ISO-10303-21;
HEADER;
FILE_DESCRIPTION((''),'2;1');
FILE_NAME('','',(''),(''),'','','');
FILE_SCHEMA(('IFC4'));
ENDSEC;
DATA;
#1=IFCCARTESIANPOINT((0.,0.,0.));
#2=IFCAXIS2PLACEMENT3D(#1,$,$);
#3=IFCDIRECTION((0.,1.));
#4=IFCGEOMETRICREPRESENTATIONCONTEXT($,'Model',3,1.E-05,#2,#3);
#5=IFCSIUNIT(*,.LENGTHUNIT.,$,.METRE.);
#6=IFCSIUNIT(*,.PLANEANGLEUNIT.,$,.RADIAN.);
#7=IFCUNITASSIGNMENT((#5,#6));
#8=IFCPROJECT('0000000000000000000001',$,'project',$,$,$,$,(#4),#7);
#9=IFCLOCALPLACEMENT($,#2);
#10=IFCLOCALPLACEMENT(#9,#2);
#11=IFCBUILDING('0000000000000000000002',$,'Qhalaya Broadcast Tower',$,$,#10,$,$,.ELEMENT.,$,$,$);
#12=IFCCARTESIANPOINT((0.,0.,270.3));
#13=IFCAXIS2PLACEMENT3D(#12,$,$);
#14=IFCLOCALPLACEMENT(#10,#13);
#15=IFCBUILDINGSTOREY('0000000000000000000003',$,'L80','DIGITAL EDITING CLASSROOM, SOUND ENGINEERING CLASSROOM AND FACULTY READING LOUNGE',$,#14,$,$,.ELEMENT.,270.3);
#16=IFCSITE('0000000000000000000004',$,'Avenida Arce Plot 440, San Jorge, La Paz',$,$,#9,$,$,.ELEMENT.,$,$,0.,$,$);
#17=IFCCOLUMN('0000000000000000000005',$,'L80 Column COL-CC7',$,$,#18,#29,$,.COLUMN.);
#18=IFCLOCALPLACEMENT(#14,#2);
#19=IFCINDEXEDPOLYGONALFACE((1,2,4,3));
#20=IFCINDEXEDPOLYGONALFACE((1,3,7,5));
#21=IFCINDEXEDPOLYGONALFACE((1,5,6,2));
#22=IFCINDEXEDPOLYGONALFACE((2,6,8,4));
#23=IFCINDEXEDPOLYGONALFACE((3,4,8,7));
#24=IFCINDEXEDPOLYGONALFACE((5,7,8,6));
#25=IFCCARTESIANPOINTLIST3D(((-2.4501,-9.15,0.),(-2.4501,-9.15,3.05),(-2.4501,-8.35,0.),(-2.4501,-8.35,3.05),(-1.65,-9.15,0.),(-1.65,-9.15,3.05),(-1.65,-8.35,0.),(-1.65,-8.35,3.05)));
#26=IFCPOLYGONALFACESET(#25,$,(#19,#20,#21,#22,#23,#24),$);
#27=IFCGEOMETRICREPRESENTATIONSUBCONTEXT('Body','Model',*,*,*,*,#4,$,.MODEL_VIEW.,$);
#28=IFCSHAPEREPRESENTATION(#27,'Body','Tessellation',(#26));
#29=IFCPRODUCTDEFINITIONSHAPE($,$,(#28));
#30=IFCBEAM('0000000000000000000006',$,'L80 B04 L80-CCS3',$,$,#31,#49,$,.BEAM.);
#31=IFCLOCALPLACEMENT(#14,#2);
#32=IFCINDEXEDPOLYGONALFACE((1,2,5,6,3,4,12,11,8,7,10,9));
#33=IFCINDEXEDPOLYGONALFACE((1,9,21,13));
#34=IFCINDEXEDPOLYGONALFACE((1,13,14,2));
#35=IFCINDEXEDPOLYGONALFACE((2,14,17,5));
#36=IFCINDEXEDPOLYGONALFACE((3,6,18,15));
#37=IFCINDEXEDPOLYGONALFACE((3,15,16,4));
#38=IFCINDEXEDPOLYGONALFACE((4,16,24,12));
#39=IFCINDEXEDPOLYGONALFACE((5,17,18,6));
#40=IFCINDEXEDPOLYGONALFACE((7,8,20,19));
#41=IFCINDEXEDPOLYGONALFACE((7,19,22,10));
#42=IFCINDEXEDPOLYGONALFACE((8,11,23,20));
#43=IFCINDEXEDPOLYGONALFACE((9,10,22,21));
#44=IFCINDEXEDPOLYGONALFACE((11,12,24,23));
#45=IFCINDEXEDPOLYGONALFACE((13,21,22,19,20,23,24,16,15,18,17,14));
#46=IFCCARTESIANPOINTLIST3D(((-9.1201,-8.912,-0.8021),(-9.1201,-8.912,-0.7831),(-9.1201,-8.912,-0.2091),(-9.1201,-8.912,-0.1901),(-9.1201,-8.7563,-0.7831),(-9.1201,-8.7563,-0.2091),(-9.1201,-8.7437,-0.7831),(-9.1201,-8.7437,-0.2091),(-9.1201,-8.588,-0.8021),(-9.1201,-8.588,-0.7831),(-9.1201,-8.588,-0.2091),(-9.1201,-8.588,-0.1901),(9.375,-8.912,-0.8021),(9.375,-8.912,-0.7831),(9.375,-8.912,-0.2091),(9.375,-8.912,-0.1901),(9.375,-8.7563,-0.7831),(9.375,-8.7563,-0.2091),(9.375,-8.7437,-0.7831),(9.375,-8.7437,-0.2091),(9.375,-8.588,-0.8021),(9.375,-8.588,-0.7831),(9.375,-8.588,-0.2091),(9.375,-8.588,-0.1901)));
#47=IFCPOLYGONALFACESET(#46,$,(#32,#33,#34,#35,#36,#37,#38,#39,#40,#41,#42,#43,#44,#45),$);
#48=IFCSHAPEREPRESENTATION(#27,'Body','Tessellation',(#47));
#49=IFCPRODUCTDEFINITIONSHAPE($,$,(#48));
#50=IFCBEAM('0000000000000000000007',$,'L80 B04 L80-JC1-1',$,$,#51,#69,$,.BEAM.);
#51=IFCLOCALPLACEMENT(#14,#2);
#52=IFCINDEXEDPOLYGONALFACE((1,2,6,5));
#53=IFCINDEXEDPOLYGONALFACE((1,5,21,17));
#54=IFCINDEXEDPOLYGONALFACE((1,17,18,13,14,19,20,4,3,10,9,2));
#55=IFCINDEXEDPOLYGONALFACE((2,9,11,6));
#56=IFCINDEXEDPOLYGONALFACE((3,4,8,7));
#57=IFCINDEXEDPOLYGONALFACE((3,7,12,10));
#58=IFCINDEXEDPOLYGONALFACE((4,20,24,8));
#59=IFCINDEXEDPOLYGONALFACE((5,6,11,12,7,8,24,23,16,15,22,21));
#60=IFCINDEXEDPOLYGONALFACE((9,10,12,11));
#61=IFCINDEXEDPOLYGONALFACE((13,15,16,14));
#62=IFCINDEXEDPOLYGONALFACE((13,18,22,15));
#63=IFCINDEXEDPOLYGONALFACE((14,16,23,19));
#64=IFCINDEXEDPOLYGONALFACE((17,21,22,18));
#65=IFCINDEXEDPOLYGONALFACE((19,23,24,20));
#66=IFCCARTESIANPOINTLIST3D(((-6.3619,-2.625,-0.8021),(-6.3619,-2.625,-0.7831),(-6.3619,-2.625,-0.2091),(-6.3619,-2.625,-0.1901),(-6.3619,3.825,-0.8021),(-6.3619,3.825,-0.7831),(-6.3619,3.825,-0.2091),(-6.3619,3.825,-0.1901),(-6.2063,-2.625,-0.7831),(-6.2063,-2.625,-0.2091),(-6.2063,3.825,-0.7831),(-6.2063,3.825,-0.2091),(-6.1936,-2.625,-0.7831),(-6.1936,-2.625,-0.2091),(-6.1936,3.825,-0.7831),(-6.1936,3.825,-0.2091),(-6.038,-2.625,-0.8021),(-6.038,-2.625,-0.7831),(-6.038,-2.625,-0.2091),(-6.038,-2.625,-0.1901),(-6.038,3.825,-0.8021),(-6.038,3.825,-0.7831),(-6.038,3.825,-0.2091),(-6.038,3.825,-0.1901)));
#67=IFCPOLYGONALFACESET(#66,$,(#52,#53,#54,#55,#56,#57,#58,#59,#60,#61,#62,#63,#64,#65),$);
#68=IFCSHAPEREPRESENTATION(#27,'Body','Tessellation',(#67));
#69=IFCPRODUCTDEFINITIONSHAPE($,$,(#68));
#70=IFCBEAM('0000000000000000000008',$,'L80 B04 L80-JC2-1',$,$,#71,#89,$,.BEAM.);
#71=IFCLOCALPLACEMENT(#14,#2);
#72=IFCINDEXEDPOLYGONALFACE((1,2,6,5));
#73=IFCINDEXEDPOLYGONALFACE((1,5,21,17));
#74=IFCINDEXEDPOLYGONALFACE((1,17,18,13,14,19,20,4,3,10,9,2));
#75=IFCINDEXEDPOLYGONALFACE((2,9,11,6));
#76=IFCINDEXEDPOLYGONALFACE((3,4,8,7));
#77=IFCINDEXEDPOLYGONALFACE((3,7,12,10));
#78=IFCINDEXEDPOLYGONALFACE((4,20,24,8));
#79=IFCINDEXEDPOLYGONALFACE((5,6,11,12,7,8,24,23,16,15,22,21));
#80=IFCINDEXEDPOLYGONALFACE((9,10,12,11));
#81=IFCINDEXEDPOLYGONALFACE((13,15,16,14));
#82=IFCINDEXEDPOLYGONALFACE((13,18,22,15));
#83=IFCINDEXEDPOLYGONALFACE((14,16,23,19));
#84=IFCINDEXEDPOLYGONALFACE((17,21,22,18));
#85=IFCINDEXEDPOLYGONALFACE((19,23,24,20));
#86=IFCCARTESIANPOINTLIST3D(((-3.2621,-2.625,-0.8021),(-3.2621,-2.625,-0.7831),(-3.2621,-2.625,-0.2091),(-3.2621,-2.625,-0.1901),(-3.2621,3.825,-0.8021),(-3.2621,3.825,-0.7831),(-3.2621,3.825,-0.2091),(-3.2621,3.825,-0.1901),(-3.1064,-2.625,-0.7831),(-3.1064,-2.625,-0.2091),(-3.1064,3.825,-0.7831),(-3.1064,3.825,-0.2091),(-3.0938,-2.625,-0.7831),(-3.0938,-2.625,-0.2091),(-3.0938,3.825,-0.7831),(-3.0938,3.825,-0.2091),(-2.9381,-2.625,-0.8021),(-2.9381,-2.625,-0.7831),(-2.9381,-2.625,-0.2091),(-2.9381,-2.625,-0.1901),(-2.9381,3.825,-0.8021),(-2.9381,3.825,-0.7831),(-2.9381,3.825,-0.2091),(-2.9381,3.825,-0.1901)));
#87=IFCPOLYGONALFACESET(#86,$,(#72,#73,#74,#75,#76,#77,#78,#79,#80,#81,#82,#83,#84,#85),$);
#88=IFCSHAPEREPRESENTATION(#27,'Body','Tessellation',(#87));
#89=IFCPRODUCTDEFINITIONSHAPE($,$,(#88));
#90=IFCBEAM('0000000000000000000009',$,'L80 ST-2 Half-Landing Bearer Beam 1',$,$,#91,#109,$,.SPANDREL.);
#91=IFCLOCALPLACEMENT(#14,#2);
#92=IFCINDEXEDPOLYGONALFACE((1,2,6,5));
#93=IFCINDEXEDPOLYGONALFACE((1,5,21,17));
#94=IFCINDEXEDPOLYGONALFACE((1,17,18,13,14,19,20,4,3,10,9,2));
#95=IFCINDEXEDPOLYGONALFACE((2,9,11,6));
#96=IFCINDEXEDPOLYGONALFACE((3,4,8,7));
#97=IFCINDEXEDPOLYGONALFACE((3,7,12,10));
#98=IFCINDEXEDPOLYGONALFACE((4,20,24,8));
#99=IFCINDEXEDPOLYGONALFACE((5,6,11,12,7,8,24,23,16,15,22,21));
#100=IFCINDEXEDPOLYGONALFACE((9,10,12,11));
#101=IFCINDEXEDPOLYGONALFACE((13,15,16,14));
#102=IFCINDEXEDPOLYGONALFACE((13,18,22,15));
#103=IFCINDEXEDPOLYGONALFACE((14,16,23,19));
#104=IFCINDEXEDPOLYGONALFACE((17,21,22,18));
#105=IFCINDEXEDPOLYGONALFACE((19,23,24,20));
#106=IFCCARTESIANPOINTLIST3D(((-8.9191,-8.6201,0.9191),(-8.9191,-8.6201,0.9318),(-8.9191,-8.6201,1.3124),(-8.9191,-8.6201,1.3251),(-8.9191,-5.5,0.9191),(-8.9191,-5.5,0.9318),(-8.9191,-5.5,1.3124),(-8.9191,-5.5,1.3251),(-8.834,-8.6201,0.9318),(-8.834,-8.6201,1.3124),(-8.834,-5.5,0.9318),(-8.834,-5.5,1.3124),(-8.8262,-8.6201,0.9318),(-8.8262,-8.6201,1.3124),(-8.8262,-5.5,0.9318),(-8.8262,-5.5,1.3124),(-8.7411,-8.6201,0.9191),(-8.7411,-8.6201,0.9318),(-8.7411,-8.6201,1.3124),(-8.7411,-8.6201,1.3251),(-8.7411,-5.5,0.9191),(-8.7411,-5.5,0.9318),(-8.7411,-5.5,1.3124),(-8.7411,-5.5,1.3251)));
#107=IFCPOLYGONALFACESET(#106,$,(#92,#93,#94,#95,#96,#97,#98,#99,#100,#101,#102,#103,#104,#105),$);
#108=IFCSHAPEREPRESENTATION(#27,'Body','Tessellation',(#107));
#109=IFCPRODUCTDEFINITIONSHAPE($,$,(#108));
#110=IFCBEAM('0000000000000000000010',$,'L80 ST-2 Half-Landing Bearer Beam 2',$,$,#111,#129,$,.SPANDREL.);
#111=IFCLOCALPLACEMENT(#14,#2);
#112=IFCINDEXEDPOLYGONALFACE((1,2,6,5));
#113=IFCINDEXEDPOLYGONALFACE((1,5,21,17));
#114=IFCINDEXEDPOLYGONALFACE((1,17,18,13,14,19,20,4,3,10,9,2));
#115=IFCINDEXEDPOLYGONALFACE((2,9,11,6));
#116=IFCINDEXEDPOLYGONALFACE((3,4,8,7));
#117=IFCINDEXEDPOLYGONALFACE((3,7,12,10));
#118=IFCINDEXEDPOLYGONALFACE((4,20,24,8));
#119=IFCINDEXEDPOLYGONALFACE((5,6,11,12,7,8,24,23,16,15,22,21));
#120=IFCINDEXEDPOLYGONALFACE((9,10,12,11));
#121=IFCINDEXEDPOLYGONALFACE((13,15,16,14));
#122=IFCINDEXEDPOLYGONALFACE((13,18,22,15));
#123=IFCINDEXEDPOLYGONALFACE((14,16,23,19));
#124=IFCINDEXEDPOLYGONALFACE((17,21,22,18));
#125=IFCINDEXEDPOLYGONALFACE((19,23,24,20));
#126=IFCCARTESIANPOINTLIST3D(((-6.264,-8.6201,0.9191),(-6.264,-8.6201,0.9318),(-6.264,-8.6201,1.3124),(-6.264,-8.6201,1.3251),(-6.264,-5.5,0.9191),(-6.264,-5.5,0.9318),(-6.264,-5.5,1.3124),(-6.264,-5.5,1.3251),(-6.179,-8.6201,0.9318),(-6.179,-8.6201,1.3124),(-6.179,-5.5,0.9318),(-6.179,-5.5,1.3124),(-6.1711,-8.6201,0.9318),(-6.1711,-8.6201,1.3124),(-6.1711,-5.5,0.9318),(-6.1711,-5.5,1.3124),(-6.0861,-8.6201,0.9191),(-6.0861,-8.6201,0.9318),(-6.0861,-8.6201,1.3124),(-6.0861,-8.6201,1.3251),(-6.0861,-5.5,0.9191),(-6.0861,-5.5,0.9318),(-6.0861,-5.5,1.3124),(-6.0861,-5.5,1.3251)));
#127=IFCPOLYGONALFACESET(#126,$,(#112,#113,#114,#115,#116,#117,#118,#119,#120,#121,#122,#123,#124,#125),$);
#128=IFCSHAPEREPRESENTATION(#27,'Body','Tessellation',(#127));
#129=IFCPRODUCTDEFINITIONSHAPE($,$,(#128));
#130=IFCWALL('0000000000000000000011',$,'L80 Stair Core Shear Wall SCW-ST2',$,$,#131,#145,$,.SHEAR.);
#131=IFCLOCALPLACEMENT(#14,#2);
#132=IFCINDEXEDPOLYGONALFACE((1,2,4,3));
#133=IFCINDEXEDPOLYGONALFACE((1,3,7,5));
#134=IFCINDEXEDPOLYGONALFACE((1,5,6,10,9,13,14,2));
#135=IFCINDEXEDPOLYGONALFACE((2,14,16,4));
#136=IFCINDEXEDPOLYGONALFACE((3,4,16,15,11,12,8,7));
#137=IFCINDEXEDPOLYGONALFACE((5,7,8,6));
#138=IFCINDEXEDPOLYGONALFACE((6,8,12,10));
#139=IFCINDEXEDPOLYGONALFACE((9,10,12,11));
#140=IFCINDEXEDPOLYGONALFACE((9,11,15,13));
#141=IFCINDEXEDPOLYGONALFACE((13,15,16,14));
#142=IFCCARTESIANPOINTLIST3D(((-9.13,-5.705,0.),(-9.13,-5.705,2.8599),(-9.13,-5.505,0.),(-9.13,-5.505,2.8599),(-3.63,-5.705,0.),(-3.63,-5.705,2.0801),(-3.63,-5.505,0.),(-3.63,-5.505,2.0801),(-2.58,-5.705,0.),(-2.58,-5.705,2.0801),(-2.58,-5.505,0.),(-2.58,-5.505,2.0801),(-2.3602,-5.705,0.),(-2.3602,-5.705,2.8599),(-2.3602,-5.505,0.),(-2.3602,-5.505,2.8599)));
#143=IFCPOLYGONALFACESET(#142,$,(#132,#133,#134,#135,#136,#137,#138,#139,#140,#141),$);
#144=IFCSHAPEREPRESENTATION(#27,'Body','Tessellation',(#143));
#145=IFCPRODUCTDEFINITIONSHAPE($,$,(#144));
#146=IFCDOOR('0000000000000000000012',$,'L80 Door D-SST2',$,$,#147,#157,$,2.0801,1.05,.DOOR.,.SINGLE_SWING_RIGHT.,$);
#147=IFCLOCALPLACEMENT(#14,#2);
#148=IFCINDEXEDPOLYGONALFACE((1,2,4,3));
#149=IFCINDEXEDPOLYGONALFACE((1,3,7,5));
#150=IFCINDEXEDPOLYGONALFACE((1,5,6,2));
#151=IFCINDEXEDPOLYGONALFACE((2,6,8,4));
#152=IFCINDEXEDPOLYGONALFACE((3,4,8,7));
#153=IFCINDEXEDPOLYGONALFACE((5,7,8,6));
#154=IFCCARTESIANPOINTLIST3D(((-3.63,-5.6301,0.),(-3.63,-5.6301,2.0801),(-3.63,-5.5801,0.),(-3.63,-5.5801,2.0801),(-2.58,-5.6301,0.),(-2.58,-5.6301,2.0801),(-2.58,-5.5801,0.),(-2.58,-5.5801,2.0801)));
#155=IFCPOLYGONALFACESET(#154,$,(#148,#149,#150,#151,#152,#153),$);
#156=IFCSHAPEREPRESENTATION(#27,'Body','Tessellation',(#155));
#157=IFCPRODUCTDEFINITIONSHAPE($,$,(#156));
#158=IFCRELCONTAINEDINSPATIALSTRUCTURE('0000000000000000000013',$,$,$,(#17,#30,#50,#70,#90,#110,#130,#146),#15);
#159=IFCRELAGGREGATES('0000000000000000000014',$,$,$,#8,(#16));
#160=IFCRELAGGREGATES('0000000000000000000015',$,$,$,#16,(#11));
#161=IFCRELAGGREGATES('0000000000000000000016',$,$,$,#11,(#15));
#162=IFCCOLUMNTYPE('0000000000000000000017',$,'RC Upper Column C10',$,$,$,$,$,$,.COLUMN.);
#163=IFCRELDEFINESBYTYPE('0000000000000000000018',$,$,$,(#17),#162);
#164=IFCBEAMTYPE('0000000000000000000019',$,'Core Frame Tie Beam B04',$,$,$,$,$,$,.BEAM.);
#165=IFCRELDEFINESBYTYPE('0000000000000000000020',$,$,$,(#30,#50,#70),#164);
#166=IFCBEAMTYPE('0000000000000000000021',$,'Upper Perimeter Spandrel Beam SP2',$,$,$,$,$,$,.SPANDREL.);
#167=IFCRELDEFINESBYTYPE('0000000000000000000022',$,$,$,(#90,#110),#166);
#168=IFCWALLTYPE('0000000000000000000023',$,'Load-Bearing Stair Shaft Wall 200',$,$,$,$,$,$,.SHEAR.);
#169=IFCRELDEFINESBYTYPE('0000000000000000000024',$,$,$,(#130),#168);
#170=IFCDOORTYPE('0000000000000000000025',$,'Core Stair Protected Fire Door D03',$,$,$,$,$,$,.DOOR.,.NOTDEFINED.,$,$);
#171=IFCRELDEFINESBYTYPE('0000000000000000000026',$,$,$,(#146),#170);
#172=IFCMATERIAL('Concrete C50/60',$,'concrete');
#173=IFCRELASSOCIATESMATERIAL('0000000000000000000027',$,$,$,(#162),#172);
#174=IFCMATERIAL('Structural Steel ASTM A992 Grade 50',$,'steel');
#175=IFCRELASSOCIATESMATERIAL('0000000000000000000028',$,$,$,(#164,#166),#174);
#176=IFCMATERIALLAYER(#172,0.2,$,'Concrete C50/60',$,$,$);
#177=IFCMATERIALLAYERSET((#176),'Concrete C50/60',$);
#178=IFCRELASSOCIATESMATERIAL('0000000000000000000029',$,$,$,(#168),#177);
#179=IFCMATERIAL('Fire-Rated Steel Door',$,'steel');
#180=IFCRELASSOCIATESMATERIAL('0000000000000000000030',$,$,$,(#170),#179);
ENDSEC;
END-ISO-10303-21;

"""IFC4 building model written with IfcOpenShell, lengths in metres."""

from ifc_helpers import new_model, si_unit, direction, frame, frame_2d, origin, origin_2d, place, context, subcontext, project, spatial, rectangle, i_section, extrude, material, layer, layer_set, material_profile, profile_set, type_object, element, fill, save


model = new_model("IFC4")

# Units and contexts
model_context = context("Model", 3, precision=1e-05, world=origin(), true_north=direction((0.0, 1.0)))
body_context = subcontext(model_context, "Body", "Model", "MODEL_VIEW")
ifc_project = project(units=[si_unit("LENGTHUNIT", "METRE"), si_unit("PLANEANGLEUNIT", "RADIAN")], contexts=[model_context])

# Site, building, storey
site_placement = place(None, origin())
site = spatial("IfcSite", under=ifc_project, at=site_placement, Name="Avenida Arce Plot 440, San Jorge, La Paz", CompositionType="ELEMENT", RefElevation=0.0)
building_placement = place(site_placement, origin())
building = spatial("IfcBuilding", under=site, at=building_placement, Name="Qhalaya Broadcast Tower", CompositionType="ELEMENT")
storey_placement = place(building_placement, frame((0.0, 0.0, 270.3)))
storey = spatial("IfcBuildingStorey", under=building, at=storey_placement, Name="L80", Description="DIGITAL EDITING CLASSROOM, SOUND ENGINEERING CLASSROOM AND FACULTY READING LOUNGE", CompositionType="ELEMENT", Elevation=270.3)

# Column
ifc_material_1 = material(Name="Concrete C50/60", Category="concrete")
ifc_material_profile_1 = material_profile(ifc_material_1, rectangle(XDim=0.8, YDim=0.8, at=origin_2d()), Name="RC-COL 800x800")
ifc_profile_set_1 = profile_set([ifc_material_profile_1], Name="Concrete C50/60")
column_type = type_object("IfcColumnType", Name="RC Upper Column C10", PredefinedType="COLUMN", material=ifc_profile_set_1)
column_placement = place(storey_placement, frame((-2.05, -8.75, 0.0), z_axis=(0.0, 0.0, 1.0), x_axis=(1.0, 0.0, 0.0)))
element("IfcColumn", 1, at=column_placement, inside=storey, type_object=column_type, Name="L80 Column COL-CC7", PredefinedType="COLUMN", context=body_context, shape_type="SweptSolid", body=[
    extrude(rectangle(XDim=0.8, YDim=0.8, at=origin_2d()), origin(), (0.0, 0.0, 1.0), 3.05),
])

# Beams
ifc_material_2 = material(Name="Structural Steel ASTM A992 Grade 50", Category="steel")
ifc_material_profile_2 = material_profile(ifc_material_2, i_section(OverallWidth=0.324, OverallDepth=0.6121, WebThickness=0.0127, FlangeThickness=0.019, at=origin_2d()), Name="W24X104")
ifc_profile_set_2 = profile_set([ifc_material_profile_2], Name="Structural Steel ASTM A992 Grade 50")
beam_type_1 = type_object("IfcBeamType", Name="Core Frame Tie Beam B04", PredefinedType="BEAM", material=ifc_profile_set_2)
beam_placement = place(storey_placement, frame((-9.1201, -8.75, -0.4961), z_axis=(1.0, 0.0, 0.0), x_axis=(0.0, 1.0, 0.0)))
element("IfcBeam", 2, at=beam_placement, inside=storey, type_object=beam_type_1, Name="L80 B04 L80-CCS3", PredefinedType="BEAM", context=body_context, shape_type="SweptSolid", body=[
    extrude(i_section(OverallWidth=0.324, OverallDepth=0.6121, WebThickness=0.0127, FlangeThickness=0.019, at=origin_2d()), origin(), (0.0, 0.0, 1.0), 18.4951),
])
for number, where, z_axis, x_axis, name in (
    (3, (-6.2, -2.625, -0.4961), (0.0, 1.0, 0.0), (-1.0, 0.0, 0.0), "L80 B04 L80-JC1-1"),
    (4, (-3.1001, -2.625, -0.4961), (0.0, 1.0, 0.0), (-1.0, 0.0, 0.0), "L80 B04 L80-JC2-1"),
):
    element("IfcBeam", number, at=place(storey_placement, frame(where, z_axis=z_axis, x_axis=x_axis)), inside=storey, type_object=beam_type_1, Name=name, PredefinedType="BEAM", context=body_context, shape_type="SweptSolid", body=[
        extrude(i_section(OverallWidth=0.324, OverallDepth=0.6121, WebThickness=0.0127, FlangeThickness=0.019, at=origin_2d()), origin(), (0.0, 0.0, 1.0), 6.45),
    ])
ifc_material_profile_3 = material_profile(ifc_material_2, i_section(OverallWidth=0.178, OverallDepth=0.406, WebThickness=0.0078, FlangeThickness=0.0127, at=origin_2d()), Name="W16X40")
ifc_profile_set_3 = profile_set([ifc_material_profile_3], Name="Structural Steel ASTM A992 Grade 50")
beam_type_2 = type_object("IfcBeamType", Name="Upper Perimeter Spandrel Beam SP2", PredefinedType="SPANDREL", material=ifc_profile_set_3)
for number, where, z_axis, x_axis, name in (
    (5, (-8.8301, -8.6201, 1.1221), (0.0, 1.0, 0.0), (-1.0, 0.0, 0.0), "L80 ST-2 Half-Landing Bearer Beam 1"),
    (6, (-6.175, -8.6201, 1.1221), (0.0, 1.0, 0.0), (-1.0, 0.0, 0.0), "L80 ST-2 Half-Landing Bearer Beam 2"),
):
    element("IfcBeam", number, at=place(storey_placement, frame(where, z_axis=z_axis, x_axis=x_axis)), inside=storey, type_object=beam_type_2, Name=name, PredefinedType="SPANDREL", context=body_context, shape_type="SweptSolid", body=[
        extrude(i_section(OverallWidth=0.178, OverallDepth=0.406, WebThickness=0.0078, FlangeThickness=0.0127, at=origin_2d()), origin(), (0.0, 0.0, 1.0), 3.1201),
    ])

# Wall, opening, door
ifc_layer_1 = layer(ifc_material_1, 0.2, Name="Concrete C50/60")
ifc_layer_set_1 = layer_set([ifc_layer_1], Name="Concrete C50/60")
wall_type_1 = type_object("IfcWallType", Name="Load-Bearing Stair Shaft Wall 200", PredefinedType="SHEAR", material=ifc_layer_set_1)
wall_1_placement = place(storey_placement, frame((-9.1299, -5.605, 0.0), z_axis=(0.0, 0.0, 1.0), x_axis=(1.0, 0.0, 0.0)))
wall_1 = element("IfcWall", 7, at=wall_1_placement, inside=storey, type_object=wall_type_1, Name="L80 Stair Core Shear Wall SCW-ST2", PredefinedType="SHEAR", context=body_context, shape_type="SweptSolid", body=[
    extrude(rectangle(XDim=6.7698, YDim=0.2, at=frame_2d((3.3848, 0.0))), origin(), (0.0, 0.0, 1.0), 2.8599),
])
opening_1_placement = place(wall_1_placement, frame((5.5, 0.0, 0.0)))
opening_1 = element("IfcOpeningElement", 8, at=opening_1_placement, cuts=wall_1, PredefinedType="OPENING", context=body_context, shape_type="SweptSolid", body=[
    extrude(rectangle(XDim=1.05, YDim=2.0801, at=frame_2d((0.5249, 1.04))), frame((0.0, 0.1121, 0.0), z_axis=(0.0, -1.0, 0.0), x_axis=(1.0, 0.0, 0.0)), (0.0, 0.0, 1.0), 0.2239),
])
ifc_material_3 = material(Name="Fire-Rated Steel Door", Category="steel")
door_type_1 = type_object("IfcDoorType", Name="Core Stair Protected Fire Door D03", OperationType="NOTDEFINED", PredefinedType="DOOR", material=ifc_material_3)
door_1_placement = place(opening_1_placement, origin())
door_1 = element("IfcDoor", 9, at=door_1_placement, inside=storey, type_object=door_type_1, Name="L80 Door D-SST2", OperationType="SINGLE_SWING_RIGHT", OverallHeight=2.0801, OverallWidth=1.05, PredefinedType="DOOR", context=body_context, shape_type="SweptSolid", body=[
    extrude(rectangle(XDim=1.05, YDim=2.0801, at=frame_2d((0.5249, 1.04))), frame((0.0, 0.0249, 0.0), z_axis=(0.0, -1.0, 0.0), x_axis=(1.0, 0.0, 0.0)), (0.0, 0.0, 1.0), 0.05),
])
fill(opening_1, door_1)

save(model, "model.ifc")
